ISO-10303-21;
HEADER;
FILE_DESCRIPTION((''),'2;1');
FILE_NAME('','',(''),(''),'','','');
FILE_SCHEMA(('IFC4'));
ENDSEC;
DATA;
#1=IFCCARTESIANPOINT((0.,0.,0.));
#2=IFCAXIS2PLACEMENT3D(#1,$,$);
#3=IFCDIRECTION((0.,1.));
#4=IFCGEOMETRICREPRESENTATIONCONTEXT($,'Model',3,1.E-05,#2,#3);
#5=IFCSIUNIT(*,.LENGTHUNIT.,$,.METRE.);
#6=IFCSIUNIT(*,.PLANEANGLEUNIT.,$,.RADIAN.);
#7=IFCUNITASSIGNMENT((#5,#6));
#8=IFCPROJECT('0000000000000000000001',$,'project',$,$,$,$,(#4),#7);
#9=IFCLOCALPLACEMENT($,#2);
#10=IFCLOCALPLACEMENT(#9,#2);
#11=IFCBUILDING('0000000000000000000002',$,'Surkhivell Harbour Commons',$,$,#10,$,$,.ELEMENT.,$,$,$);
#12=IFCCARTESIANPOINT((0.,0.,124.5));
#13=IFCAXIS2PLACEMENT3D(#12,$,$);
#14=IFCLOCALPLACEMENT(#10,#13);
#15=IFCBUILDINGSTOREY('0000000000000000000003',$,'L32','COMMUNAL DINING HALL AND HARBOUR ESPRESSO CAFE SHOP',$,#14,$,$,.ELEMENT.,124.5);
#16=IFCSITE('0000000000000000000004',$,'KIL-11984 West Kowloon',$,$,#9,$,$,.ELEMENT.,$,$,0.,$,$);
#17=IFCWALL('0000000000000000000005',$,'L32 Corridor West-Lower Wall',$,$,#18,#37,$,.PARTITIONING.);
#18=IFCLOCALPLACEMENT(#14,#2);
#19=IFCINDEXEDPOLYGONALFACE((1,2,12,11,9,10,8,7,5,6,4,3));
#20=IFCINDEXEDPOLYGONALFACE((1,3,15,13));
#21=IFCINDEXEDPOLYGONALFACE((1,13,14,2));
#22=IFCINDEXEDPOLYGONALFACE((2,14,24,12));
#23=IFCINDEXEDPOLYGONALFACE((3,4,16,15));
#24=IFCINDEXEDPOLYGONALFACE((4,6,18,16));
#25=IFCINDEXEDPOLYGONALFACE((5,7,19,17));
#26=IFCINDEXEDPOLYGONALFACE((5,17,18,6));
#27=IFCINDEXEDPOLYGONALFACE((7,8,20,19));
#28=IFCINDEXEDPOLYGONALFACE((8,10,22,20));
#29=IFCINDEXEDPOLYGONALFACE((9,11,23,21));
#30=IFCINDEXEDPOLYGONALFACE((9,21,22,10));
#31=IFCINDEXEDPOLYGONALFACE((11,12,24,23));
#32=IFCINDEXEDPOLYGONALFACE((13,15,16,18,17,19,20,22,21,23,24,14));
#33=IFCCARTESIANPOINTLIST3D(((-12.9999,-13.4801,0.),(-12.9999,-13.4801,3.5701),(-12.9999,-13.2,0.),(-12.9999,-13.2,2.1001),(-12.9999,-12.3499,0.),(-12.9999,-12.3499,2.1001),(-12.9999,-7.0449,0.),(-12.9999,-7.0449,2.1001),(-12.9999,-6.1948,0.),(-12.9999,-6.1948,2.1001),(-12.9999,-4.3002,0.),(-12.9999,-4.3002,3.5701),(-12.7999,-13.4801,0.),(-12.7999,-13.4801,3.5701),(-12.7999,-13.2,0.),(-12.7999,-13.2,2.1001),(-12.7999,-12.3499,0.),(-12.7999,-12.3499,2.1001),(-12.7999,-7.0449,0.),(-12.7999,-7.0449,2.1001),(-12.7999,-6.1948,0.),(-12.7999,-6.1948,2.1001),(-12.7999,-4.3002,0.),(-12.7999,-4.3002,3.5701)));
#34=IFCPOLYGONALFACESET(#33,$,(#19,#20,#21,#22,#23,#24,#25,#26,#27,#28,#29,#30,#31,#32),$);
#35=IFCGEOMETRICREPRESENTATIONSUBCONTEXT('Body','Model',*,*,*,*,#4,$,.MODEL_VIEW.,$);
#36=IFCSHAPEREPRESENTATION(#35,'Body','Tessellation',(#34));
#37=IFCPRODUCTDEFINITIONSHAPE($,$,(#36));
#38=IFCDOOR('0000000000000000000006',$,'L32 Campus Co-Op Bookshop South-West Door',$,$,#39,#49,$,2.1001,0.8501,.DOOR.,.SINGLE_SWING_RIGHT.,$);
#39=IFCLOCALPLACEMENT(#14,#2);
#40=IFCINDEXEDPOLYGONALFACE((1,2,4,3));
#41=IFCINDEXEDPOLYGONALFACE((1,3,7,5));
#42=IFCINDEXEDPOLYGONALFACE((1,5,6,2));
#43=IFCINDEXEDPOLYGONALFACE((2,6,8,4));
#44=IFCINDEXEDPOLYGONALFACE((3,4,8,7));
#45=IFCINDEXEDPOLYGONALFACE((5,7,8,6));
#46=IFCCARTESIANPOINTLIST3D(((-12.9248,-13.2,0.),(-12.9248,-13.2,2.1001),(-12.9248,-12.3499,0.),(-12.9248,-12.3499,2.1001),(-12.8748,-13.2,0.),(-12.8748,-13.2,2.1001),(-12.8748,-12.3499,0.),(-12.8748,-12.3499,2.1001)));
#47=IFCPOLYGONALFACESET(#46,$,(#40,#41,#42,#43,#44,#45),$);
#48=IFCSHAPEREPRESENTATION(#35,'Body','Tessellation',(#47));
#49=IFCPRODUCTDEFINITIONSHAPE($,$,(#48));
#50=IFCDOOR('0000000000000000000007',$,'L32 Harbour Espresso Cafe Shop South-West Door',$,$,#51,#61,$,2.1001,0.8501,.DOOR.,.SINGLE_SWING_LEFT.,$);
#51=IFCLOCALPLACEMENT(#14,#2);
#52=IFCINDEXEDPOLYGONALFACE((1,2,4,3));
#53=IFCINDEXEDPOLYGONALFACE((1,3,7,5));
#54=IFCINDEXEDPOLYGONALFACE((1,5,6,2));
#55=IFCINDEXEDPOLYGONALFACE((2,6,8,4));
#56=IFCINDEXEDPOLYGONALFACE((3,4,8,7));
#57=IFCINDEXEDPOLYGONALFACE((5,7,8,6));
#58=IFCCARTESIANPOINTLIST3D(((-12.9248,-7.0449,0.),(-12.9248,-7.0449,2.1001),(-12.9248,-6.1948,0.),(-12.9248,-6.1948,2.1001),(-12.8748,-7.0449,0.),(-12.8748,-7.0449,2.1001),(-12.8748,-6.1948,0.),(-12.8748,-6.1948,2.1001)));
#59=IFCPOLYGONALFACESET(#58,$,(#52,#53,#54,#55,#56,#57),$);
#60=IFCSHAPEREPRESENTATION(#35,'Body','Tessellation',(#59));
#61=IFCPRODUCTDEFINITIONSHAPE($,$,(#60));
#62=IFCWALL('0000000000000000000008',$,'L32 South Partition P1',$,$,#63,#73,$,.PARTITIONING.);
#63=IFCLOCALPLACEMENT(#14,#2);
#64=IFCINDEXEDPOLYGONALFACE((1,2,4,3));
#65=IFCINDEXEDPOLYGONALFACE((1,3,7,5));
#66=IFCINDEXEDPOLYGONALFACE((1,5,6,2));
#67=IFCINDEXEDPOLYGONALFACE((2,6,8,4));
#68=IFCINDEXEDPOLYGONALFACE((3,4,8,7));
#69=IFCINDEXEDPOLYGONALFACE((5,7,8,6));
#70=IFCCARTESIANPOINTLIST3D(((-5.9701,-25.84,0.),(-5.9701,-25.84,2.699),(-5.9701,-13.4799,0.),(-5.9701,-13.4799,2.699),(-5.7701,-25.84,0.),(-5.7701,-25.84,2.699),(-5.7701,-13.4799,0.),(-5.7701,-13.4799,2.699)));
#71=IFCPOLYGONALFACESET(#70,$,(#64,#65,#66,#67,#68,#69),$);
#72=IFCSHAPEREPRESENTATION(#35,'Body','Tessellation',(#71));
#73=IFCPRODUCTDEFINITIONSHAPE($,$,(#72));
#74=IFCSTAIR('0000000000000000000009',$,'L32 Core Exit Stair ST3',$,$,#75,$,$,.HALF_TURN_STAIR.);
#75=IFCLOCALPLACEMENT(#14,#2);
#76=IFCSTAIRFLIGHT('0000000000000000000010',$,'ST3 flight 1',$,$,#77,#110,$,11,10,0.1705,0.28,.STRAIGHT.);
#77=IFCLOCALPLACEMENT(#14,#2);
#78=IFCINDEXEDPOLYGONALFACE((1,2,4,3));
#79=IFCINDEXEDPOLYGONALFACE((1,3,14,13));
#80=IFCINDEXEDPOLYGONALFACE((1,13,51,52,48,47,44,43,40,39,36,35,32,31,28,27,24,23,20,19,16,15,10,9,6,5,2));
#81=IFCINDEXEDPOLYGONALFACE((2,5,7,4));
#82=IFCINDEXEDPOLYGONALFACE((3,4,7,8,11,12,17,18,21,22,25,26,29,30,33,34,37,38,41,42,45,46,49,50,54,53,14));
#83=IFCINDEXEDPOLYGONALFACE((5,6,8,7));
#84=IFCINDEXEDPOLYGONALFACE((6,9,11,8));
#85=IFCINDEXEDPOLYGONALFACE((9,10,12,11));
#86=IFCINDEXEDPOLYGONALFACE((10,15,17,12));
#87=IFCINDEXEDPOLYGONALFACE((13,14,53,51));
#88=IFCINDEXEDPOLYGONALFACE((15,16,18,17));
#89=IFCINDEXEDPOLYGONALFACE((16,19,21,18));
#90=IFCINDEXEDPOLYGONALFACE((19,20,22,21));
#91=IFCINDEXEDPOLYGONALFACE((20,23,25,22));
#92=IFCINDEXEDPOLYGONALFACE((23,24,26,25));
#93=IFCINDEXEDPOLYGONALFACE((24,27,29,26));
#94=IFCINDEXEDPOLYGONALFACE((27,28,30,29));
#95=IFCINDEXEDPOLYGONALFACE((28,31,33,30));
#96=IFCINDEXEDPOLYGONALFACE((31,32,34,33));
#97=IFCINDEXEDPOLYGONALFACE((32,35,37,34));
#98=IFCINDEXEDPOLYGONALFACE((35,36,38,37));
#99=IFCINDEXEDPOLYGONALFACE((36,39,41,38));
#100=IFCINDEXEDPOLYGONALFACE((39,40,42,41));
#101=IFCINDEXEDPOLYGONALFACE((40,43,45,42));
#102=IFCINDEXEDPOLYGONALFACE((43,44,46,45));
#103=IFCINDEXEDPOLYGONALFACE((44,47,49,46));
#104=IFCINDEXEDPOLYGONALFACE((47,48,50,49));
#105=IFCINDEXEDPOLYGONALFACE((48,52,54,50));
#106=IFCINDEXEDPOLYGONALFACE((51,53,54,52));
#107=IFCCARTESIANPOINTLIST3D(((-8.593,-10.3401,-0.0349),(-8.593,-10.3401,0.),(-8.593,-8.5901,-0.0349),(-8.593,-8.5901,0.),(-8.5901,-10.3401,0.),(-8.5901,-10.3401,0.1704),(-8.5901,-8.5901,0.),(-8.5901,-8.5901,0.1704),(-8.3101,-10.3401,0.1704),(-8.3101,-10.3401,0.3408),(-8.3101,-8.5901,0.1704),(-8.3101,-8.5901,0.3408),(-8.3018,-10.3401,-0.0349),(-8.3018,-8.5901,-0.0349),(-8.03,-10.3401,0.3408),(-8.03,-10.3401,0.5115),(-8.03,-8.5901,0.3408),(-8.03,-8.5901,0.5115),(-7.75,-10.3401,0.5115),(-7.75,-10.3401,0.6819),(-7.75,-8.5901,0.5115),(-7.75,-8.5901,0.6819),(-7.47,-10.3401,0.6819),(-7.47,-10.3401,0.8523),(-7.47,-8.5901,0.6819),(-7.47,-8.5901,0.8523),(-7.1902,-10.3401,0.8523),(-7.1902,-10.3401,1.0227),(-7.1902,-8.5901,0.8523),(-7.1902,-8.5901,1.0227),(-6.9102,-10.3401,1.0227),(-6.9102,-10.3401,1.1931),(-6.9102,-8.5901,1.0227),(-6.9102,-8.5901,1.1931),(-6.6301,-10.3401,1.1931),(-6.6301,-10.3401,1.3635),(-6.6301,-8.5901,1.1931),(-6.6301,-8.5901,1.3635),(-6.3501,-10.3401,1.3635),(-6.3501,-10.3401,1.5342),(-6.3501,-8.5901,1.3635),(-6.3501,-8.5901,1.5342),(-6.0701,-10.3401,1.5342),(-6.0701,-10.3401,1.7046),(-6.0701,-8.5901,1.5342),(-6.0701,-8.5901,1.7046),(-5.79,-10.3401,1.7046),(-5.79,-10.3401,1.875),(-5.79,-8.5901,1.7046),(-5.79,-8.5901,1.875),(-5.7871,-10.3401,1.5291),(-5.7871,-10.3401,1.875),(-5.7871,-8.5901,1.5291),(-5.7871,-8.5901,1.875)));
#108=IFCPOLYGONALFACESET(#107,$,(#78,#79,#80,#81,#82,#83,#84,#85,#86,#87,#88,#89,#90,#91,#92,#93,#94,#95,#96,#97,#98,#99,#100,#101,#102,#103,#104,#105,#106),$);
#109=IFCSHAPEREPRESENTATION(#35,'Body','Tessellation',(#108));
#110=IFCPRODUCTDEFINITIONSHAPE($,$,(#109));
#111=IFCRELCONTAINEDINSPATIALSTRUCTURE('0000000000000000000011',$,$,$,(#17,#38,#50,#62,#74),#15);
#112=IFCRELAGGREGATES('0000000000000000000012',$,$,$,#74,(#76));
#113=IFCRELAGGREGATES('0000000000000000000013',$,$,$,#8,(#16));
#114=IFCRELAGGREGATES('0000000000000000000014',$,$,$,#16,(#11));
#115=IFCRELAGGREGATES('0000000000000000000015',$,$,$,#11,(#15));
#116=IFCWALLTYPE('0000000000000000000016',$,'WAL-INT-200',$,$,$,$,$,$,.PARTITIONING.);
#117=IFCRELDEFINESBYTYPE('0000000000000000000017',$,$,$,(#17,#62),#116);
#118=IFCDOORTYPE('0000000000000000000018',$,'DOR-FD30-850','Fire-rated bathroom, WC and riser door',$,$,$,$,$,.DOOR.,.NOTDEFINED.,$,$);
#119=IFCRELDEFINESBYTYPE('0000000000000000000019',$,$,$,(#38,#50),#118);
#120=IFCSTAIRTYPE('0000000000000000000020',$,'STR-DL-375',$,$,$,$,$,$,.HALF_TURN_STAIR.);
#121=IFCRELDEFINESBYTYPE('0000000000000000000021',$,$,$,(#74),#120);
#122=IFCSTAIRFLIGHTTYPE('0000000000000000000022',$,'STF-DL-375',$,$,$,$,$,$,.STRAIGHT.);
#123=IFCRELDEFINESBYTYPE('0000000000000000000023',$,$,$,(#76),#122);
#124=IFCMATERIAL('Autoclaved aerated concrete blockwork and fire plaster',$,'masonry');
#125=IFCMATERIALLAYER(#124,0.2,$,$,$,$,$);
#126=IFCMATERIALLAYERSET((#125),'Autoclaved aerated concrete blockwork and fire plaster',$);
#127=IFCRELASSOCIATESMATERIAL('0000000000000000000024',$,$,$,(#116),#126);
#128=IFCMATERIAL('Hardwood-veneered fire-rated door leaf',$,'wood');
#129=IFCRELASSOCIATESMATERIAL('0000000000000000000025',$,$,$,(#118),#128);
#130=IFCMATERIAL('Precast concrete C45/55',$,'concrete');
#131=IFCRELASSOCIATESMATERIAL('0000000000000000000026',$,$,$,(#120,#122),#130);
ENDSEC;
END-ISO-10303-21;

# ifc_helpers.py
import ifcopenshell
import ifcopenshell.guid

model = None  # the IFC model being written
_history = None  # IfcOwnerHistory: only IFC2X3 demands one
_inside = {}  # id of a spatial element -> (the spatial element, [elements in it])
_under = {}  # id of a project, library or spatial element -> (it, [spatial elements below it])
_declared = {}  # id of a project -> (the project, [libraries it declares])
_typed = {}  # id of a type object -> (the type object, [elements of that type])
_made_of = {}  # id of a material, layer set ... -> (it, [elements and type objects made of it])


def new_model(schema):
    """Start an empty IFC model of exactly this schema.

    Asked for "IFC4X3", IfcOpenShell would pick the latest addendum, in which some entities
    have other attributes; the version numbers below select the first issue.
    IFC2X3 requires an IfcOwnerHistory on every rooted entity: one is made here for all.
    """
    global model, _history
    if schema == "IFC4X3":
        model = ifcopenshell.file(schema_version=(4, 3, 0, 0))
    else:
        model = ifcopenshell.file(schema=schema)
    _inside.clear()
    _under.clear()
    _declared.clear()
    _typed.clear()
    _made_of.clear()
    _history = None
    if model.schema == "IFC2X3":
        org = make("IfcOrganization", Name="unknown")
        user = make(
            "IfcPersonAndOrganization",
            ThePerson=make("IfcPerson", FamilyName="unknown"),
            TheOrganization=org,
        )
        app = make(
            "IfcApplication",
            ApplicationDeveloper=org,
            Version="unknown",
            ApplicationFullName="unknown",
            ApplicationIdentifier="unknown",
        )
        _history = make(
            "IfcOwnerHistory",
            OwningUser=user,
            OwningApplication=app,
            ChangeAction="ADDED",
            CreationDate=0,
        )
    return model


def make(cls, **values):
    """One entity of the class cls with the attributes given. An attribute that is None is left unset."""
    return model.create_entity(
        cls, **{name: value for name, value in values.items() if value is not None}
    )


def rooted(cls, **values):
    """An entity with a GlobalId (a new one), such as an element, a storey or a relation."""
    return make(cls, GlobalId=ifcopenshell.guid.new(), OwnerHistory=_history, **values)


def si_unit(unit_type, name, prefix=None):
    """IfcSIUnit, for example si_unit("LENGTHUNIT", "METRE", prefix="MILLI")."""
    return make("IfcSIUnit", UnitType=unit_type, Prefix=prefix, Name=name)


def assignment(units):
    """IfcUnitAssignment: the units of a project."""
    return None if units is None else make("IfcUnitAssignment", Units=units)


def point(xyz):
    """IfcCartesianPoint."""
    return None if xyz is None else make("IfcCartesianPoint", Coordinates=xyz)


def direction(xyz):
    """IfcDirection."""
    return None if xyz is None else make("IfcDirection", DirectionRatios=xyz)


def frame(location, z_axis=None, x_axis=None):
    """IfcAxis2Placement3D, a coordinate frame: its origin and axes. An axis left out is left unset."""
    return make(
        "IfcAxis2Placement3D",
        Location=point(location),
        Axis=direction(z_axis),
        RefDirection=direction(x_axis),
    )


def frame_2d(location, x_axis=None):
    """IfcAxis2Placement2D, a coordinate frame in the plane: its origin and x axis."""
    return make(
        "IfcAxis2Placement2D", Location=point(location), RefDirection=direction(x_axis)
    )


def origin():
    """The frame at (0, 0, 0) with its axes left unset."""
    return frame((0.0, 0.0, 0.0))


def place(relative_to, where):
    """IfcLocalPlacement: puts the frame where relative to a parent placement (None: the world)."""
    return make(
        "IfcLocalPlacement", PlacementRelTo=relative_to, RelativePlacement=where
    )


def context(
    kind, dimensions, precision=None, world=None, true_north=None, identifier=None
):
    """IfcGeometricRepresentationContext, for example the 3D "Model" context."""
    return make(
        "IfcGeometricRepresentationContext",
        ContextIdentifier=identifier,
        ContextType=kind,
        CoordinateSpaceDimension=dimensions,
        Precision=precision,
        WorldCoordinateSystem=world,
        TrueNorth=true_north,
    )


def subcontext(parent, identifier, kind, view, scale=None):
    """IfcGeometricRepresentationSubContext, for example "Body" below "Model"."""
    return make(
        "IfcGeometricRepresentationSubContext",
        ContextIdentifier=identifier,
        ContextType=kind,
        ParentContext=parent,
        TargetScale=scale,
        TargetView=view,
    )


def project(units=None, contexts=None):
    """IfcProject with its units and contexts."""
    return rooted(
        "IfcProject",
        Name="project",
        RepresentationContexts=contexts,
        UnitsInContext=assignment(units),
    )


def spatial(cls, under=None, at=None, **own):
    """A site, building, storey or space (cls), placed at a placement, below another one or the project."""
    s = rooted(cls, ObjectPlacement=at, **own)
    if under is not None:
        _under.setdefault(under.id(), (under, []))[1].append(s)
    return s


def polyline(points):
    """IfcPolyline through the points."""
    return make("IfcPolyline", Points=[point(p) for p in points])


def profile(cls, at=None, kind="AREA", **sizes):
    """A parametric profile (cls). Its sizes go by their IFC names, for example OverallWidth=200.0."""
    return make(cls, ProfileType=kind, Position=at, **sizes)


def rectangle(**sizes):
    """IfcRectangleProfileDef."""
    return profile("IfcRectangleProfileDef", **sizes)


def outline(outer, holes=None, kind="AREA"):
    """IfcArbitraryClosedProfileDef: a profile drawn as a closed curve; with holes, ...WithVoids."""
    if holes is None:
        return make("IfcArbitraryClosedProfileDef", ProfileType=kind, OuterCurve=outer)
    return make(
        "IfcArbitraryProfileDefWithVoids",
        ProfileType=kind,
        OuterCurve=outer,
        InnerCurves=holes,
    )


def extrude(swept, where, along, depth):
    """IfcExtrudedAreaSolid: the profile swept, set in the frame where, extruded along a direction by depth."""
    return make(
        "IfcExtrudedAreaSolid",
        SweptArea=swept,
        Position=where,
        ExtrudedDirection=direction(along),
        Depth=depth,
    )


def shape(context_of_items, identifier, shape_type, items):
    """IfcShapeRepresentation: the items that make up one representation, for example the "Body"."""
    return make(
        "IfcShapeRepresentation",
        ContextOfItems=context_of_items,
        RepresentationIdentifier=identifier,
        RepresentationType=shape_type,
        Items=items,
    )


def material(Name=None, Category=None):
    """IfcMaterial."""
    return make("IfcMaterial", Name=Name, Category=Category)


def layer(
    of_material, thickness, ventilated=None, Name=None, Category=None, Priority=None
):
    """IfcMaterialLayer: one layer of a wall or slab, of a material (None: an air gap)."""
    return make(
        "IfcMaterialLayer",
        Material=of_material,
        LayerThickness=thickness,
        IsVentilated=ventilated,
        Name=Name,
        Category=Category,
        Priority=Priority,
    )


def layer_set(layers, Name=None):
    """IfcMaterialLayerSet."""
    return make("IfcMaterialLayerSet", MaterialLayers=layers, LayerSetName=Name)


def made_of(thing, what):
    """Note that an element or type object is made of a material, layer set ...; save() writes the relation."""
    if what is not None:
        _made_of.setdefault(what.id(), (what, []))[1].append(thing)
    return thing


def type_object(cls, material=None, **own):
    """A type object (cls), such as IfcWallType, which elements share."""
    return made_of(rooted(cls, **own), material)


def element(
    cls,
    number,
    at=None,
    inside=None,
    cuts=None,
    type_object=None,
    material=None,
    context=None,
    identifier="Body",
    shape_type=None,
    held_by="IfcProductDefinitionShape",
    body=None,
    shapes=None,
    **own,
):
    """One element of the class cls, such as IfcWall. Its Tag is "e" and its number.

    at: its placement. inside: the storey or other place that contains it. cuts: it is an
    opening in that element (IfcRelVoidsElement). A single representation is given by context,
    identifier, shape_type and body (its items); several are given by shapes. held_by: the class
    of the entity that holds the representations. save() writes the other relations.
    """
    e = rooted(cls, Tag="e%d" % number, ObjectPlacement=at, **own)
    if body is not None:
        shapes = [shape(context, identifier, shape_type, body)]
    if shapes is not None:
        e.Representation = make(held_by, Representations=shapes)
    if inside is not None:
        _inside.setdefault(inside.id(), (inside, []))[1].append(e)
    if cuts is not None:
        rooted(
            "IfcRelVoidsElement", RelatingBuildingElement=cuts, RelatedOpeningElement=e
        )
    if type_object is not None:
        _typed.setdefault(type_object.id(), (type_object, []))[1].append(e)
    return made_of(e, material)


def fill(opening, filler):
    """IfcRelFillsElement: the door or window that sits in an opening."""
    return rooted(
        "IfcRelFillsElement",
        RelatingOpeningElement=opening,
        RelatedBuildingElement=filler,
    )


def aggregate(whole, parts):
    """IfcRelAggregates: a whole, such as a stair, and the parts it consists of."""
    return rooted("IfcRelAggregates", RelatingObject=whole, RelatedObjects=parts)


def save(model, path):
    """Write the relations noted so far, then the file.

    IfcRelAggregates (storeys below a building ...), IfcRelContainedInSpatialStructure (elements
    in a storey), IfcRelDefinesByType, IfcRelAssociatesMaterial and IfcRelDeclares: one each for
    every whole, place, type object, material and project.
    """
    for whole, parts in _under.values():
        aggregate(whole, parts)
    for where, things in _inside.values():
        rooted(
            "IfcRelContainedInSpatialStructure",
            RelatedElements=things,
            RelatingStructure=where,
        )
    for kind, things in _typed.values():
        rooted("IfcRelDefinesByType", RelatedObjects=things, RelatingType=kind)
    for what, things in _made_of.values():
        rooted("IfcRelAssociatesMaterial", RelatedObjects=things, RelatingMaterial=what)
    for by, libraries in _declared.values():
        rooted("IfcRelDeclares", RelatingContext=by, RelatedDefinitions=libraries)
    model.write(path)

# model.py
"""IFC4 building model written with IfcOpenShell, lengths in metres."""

from ifc_helpers import new_model, si_unit, direction, frame, frame_2d, origin, place, context, subcontext, project, spatial, polyline, rectangle, outline, extrude, material, layer, layer_set, type_object, element, fill, aggregate, save


model = new_model("IFC4")

# Units and contexts
model_context = context("Model", 3, precision=1e-05, world=origin(), true_north=direction((0.0, 1.0)))
body_context = subcontext(model_context, "Body", "Model", "MODEL_VIEW")
ifc_project = project(units=[si_unit("LENGTHUNIT", "METRE"), si_unit("PLANEANGLEUNIT", "RADIAN")], contexts=[model_context])

# Site, building, storey
site_placement = place(None, origin())
site = spatial("IfcSite", under=ifc_project, at=site_placement, Name="KIL-11984 West Kowloon", CompositionType="ELEMENT", RefElevation=0.0)
building_placement = place(site_placement, origin())
building = spatial("IfcBuilding", under=site, at=building_placement, Name="Surkhivell Harbour Commons", CompositionType="ELEMENT")
storey_placement = place(building_placement, frame((0.0, 0.0, 124.5)))
storey = spatial("IfcBuildingStorey", under=building, at=storey_placement, Name="L32", Description="COMMUNAL DINING HALL AND HARBOUR ESPRESSO CAFE SHOP", CompositionType="ELEMENT", Elevation=124.5)

# Shared definitions
ifc_material_1 = material(Name="Autoclaved aerated concrete blockwork and fire plaster", Category="masonry")
ifc_layer_1 = layer(ifc_material_1, 0.2)
ifc_layer_set_1 = layer_set([ifc_layer_1], Name="Autoclaved aerated concrete blockwork and fire plaster")
wall_type_1 = type_object("IfcWallType", Name="WAL-INT-200", PredefinedType="PARTITIONING", material=ifc_layer_set_1)

# Wall, openings, doors
ifc_material_2 = material(Name="Hardwood-veneered fire-rated door leaf", Category="wood")
door_type = type_object("IfcDoorType", Name="DOR-FD30-850", Description="Fire-rated bathroom, WC and riser door", OperationType="NOTDEFINED", PredefinedType="DOOR", material=ifc_material_2)
wall_1_placement = place(storey_placement, frame((-12.8999, -13.48, 0.0), z_axis=(0.0, 0.0, 1.0), x_axis=(0.0, 1.0, 0.0)))
wall_1 = element("IfcWall", 1, at=wall_1_placement, inside=storey, type_object=wall_type_1, Name="L32 Corridor West-Lower Wall", PredefinedType="PARTITIONING", context=body_context, shape_type="SweptSolid", body=[
    extrude(rectangle(XDim=9.1799, YDim=0.2, at=frame_2d((4.5898, 0.0))), origin(), (0.0, 0.0, 1.0), 3.5701),
])
opening_1_placement = place(wall_1_placement, frame((0.28, 0.0, 0.0)))
opening_1 = element("IfcOpeningElement", 2, at=opening_1_placement, cuts=wall_1, PredefinedType="OPENING", context=body_context, shape_type="SweptSolid", body=[
    extrude(rectangle(XDim=0.8501, YDim=2.1001, at=frame_2d((0.425, 1.05))), frame((0.0, 0.1099, 0.0), z_axis=(0.0, -1.0, 0.0), x_axis=(1.0, 0.0, 0.0)), (0.0, 0.0, 1.0), 0.22),
])
opening_2_placement = place(wall_1_placement, frame((6.4351, 0.0, 0.0)))
opening_2 = element("IfcOpeningElement", 3, at=opening_2_placement, cuts=wall_1, PredefinedType="OPENING", context=body_context, shape_type="SweptSolid", body=[
    extrude(rectangle(XDim=0.8501, YDim=2.1001, at=frame_2d((0.425, 1.05))), frame((0.0, 0.1099, 0.0), z_axis=(0.0, -1.0, 0.0), x_axis=(1.0, 0.0, 0.0)), (0.0, 0.0, 1.0), 0.22),
])
door_1_placement = place(opening_1_placement, origin())
door_1 = element("IfcDoor", 4, at=door_1_placement, inside=storey, type_object=door_type, Name="L32 Campus Co-Op Bookshop South-West Door", OperationType="SINGLE_SWING_RIGHT", OverallHeight=2.1001, OverallWidth=0.8501, PredefinedType="DOOR", context=body_context, shape_type="SweptSolid", body=[
    extrude(rectangle(XDim=0.8501, YDim=2.1001, at=frame_2d((0.425, 1.05))), frame((0.0, 0.0249, 0.0), z_axis=(0.0, -1.0, 0.0), x_axis=(1.0, 0.0, 0.0)), (0.0, 0.0, 1.0), 0.05),
])
fill(opening_1, door_1)
door_2_placement = place(opening_2_placement, origin())
door_2 = element("IfcDoor", 5, at=door_2_placement, inside=storey, type_object=door_type, Name="L32 Harbour Espresso Cafe Shop South-West Door", OperationType="SINGLE_SWING_LEFT", OverallHeight=2.1001, OverallWidth=0.8501, PredefinedType="DOOR", context=body_context, shape_type="SweptSolid", body=[
    extrude(rectangle(XDim=0.8501, YDim=2.1001, at=frame_2d((0.425, 1.05))), frame((0.0, 0.0249, 0.0), z_axis=(0.0, -1.0, 0.0), x_axis=(1.0, 0.0, 0.0)), (0.0, 0.0, 1.0), 0.05),
])
fill(opening_2, door_2)

# Wall
wall_2_placement = place(storey_placement, frame((-5.8701, -25.8401, 0.0), z_axis=(0.0, 0.0, 1.0), x_axis=(0.0, 1.0, 0.0)))
element("IfcWall", 6, at=wall_2_placement, inside=storey, type_object=wall_type_1, Name="L32 South Partition P1", PredefinedType="PARTITIONING", context=body_context, shape_type="SweptSolid", body=[
    extrude(rectangle(XDim=12.3601, YDim=0.2, at=frame_2d((6.1802, 0.0))), origin(), (0.0, 0.0, 1.0), 2.699),
])

# Stair, stair flight
ifc_material_3 = material(Name="Precast concrete C45/55", Category="concrete")
stair_type = type_object("IfcStairType", Name="STR-DL-375", PredefinedType="HALF_TURN_STAIR", material=ifc_material_3)
stair_placement = place(storey_placement, origin())
stair = element("IfcStair", 7, at=stair_placement, inside=storey, type_object=stair_type, Name="L32 Core Exit Stair ST3", PredefinedType="HALF_TURN_STAIR")
stair_flight_type = type_object("IfcStairFlightType", Name="STF-DL-375", PredefinedType="STRAIGHT", material=ifc_material_3)
stair_flight_placement = place(storey_placement, frame((-8.5901, -9.4651, 0.0), z_axis=(0.0, 0.0, 1.0), x_axis=(1.0, 0.0, 0.0)))
stair_flight = element("IfcStairFlight", 8, at=stair_flight_placement, type_object=stair_flight_type, Name="ST3 flight 1", NumberOfRisers=11, NumberOfTreads=10, PredefinedType="STRAIGHT", RiserHeight=0.1705, TreadLength=0.28, context=body_context, shape_type="SweptSolid", body=[
    extrude(outline(polyline([(-0.0029, -0.0349), (-0.0029, 0.0), (0.0, 0.0), (0.0, 0.1704), (0.28, 0.1704), (0.28, 0.3408), (0.5601, 0.3408), (0.5601, 0.5115), (0.8401, 0.5115), (0.8401, 0.6819), (1.1201, 0.6819), (1.1201, 0.8523), (1.3999, 0.8523), (1.3999, 1.0227), (1.6799, 1.0227), (1.6799, 1.1931), (1.96, 1.1931), (1.96, 1.3635), (2.24, 1.3635), (2.24, 1.5342), (2.52, 1.5342), (2.52, 1.7046), (2.8, 1.7046), (2.8, 1.875), (2.803, 1.875), (2.803, 1.5291), (0.2883, -0.0349), (-0.0029, -0.0349)])), frame((0.0, 0.875, 0.0), z_axis=(0.0, -1.0, 0.0), x_axis=(1.0, 0.0, 0.0)), (0.0, 0.0, 1.0), 1.75),
])
aggregate(stair, [stair_flight])

save(model, "model.ifc")
